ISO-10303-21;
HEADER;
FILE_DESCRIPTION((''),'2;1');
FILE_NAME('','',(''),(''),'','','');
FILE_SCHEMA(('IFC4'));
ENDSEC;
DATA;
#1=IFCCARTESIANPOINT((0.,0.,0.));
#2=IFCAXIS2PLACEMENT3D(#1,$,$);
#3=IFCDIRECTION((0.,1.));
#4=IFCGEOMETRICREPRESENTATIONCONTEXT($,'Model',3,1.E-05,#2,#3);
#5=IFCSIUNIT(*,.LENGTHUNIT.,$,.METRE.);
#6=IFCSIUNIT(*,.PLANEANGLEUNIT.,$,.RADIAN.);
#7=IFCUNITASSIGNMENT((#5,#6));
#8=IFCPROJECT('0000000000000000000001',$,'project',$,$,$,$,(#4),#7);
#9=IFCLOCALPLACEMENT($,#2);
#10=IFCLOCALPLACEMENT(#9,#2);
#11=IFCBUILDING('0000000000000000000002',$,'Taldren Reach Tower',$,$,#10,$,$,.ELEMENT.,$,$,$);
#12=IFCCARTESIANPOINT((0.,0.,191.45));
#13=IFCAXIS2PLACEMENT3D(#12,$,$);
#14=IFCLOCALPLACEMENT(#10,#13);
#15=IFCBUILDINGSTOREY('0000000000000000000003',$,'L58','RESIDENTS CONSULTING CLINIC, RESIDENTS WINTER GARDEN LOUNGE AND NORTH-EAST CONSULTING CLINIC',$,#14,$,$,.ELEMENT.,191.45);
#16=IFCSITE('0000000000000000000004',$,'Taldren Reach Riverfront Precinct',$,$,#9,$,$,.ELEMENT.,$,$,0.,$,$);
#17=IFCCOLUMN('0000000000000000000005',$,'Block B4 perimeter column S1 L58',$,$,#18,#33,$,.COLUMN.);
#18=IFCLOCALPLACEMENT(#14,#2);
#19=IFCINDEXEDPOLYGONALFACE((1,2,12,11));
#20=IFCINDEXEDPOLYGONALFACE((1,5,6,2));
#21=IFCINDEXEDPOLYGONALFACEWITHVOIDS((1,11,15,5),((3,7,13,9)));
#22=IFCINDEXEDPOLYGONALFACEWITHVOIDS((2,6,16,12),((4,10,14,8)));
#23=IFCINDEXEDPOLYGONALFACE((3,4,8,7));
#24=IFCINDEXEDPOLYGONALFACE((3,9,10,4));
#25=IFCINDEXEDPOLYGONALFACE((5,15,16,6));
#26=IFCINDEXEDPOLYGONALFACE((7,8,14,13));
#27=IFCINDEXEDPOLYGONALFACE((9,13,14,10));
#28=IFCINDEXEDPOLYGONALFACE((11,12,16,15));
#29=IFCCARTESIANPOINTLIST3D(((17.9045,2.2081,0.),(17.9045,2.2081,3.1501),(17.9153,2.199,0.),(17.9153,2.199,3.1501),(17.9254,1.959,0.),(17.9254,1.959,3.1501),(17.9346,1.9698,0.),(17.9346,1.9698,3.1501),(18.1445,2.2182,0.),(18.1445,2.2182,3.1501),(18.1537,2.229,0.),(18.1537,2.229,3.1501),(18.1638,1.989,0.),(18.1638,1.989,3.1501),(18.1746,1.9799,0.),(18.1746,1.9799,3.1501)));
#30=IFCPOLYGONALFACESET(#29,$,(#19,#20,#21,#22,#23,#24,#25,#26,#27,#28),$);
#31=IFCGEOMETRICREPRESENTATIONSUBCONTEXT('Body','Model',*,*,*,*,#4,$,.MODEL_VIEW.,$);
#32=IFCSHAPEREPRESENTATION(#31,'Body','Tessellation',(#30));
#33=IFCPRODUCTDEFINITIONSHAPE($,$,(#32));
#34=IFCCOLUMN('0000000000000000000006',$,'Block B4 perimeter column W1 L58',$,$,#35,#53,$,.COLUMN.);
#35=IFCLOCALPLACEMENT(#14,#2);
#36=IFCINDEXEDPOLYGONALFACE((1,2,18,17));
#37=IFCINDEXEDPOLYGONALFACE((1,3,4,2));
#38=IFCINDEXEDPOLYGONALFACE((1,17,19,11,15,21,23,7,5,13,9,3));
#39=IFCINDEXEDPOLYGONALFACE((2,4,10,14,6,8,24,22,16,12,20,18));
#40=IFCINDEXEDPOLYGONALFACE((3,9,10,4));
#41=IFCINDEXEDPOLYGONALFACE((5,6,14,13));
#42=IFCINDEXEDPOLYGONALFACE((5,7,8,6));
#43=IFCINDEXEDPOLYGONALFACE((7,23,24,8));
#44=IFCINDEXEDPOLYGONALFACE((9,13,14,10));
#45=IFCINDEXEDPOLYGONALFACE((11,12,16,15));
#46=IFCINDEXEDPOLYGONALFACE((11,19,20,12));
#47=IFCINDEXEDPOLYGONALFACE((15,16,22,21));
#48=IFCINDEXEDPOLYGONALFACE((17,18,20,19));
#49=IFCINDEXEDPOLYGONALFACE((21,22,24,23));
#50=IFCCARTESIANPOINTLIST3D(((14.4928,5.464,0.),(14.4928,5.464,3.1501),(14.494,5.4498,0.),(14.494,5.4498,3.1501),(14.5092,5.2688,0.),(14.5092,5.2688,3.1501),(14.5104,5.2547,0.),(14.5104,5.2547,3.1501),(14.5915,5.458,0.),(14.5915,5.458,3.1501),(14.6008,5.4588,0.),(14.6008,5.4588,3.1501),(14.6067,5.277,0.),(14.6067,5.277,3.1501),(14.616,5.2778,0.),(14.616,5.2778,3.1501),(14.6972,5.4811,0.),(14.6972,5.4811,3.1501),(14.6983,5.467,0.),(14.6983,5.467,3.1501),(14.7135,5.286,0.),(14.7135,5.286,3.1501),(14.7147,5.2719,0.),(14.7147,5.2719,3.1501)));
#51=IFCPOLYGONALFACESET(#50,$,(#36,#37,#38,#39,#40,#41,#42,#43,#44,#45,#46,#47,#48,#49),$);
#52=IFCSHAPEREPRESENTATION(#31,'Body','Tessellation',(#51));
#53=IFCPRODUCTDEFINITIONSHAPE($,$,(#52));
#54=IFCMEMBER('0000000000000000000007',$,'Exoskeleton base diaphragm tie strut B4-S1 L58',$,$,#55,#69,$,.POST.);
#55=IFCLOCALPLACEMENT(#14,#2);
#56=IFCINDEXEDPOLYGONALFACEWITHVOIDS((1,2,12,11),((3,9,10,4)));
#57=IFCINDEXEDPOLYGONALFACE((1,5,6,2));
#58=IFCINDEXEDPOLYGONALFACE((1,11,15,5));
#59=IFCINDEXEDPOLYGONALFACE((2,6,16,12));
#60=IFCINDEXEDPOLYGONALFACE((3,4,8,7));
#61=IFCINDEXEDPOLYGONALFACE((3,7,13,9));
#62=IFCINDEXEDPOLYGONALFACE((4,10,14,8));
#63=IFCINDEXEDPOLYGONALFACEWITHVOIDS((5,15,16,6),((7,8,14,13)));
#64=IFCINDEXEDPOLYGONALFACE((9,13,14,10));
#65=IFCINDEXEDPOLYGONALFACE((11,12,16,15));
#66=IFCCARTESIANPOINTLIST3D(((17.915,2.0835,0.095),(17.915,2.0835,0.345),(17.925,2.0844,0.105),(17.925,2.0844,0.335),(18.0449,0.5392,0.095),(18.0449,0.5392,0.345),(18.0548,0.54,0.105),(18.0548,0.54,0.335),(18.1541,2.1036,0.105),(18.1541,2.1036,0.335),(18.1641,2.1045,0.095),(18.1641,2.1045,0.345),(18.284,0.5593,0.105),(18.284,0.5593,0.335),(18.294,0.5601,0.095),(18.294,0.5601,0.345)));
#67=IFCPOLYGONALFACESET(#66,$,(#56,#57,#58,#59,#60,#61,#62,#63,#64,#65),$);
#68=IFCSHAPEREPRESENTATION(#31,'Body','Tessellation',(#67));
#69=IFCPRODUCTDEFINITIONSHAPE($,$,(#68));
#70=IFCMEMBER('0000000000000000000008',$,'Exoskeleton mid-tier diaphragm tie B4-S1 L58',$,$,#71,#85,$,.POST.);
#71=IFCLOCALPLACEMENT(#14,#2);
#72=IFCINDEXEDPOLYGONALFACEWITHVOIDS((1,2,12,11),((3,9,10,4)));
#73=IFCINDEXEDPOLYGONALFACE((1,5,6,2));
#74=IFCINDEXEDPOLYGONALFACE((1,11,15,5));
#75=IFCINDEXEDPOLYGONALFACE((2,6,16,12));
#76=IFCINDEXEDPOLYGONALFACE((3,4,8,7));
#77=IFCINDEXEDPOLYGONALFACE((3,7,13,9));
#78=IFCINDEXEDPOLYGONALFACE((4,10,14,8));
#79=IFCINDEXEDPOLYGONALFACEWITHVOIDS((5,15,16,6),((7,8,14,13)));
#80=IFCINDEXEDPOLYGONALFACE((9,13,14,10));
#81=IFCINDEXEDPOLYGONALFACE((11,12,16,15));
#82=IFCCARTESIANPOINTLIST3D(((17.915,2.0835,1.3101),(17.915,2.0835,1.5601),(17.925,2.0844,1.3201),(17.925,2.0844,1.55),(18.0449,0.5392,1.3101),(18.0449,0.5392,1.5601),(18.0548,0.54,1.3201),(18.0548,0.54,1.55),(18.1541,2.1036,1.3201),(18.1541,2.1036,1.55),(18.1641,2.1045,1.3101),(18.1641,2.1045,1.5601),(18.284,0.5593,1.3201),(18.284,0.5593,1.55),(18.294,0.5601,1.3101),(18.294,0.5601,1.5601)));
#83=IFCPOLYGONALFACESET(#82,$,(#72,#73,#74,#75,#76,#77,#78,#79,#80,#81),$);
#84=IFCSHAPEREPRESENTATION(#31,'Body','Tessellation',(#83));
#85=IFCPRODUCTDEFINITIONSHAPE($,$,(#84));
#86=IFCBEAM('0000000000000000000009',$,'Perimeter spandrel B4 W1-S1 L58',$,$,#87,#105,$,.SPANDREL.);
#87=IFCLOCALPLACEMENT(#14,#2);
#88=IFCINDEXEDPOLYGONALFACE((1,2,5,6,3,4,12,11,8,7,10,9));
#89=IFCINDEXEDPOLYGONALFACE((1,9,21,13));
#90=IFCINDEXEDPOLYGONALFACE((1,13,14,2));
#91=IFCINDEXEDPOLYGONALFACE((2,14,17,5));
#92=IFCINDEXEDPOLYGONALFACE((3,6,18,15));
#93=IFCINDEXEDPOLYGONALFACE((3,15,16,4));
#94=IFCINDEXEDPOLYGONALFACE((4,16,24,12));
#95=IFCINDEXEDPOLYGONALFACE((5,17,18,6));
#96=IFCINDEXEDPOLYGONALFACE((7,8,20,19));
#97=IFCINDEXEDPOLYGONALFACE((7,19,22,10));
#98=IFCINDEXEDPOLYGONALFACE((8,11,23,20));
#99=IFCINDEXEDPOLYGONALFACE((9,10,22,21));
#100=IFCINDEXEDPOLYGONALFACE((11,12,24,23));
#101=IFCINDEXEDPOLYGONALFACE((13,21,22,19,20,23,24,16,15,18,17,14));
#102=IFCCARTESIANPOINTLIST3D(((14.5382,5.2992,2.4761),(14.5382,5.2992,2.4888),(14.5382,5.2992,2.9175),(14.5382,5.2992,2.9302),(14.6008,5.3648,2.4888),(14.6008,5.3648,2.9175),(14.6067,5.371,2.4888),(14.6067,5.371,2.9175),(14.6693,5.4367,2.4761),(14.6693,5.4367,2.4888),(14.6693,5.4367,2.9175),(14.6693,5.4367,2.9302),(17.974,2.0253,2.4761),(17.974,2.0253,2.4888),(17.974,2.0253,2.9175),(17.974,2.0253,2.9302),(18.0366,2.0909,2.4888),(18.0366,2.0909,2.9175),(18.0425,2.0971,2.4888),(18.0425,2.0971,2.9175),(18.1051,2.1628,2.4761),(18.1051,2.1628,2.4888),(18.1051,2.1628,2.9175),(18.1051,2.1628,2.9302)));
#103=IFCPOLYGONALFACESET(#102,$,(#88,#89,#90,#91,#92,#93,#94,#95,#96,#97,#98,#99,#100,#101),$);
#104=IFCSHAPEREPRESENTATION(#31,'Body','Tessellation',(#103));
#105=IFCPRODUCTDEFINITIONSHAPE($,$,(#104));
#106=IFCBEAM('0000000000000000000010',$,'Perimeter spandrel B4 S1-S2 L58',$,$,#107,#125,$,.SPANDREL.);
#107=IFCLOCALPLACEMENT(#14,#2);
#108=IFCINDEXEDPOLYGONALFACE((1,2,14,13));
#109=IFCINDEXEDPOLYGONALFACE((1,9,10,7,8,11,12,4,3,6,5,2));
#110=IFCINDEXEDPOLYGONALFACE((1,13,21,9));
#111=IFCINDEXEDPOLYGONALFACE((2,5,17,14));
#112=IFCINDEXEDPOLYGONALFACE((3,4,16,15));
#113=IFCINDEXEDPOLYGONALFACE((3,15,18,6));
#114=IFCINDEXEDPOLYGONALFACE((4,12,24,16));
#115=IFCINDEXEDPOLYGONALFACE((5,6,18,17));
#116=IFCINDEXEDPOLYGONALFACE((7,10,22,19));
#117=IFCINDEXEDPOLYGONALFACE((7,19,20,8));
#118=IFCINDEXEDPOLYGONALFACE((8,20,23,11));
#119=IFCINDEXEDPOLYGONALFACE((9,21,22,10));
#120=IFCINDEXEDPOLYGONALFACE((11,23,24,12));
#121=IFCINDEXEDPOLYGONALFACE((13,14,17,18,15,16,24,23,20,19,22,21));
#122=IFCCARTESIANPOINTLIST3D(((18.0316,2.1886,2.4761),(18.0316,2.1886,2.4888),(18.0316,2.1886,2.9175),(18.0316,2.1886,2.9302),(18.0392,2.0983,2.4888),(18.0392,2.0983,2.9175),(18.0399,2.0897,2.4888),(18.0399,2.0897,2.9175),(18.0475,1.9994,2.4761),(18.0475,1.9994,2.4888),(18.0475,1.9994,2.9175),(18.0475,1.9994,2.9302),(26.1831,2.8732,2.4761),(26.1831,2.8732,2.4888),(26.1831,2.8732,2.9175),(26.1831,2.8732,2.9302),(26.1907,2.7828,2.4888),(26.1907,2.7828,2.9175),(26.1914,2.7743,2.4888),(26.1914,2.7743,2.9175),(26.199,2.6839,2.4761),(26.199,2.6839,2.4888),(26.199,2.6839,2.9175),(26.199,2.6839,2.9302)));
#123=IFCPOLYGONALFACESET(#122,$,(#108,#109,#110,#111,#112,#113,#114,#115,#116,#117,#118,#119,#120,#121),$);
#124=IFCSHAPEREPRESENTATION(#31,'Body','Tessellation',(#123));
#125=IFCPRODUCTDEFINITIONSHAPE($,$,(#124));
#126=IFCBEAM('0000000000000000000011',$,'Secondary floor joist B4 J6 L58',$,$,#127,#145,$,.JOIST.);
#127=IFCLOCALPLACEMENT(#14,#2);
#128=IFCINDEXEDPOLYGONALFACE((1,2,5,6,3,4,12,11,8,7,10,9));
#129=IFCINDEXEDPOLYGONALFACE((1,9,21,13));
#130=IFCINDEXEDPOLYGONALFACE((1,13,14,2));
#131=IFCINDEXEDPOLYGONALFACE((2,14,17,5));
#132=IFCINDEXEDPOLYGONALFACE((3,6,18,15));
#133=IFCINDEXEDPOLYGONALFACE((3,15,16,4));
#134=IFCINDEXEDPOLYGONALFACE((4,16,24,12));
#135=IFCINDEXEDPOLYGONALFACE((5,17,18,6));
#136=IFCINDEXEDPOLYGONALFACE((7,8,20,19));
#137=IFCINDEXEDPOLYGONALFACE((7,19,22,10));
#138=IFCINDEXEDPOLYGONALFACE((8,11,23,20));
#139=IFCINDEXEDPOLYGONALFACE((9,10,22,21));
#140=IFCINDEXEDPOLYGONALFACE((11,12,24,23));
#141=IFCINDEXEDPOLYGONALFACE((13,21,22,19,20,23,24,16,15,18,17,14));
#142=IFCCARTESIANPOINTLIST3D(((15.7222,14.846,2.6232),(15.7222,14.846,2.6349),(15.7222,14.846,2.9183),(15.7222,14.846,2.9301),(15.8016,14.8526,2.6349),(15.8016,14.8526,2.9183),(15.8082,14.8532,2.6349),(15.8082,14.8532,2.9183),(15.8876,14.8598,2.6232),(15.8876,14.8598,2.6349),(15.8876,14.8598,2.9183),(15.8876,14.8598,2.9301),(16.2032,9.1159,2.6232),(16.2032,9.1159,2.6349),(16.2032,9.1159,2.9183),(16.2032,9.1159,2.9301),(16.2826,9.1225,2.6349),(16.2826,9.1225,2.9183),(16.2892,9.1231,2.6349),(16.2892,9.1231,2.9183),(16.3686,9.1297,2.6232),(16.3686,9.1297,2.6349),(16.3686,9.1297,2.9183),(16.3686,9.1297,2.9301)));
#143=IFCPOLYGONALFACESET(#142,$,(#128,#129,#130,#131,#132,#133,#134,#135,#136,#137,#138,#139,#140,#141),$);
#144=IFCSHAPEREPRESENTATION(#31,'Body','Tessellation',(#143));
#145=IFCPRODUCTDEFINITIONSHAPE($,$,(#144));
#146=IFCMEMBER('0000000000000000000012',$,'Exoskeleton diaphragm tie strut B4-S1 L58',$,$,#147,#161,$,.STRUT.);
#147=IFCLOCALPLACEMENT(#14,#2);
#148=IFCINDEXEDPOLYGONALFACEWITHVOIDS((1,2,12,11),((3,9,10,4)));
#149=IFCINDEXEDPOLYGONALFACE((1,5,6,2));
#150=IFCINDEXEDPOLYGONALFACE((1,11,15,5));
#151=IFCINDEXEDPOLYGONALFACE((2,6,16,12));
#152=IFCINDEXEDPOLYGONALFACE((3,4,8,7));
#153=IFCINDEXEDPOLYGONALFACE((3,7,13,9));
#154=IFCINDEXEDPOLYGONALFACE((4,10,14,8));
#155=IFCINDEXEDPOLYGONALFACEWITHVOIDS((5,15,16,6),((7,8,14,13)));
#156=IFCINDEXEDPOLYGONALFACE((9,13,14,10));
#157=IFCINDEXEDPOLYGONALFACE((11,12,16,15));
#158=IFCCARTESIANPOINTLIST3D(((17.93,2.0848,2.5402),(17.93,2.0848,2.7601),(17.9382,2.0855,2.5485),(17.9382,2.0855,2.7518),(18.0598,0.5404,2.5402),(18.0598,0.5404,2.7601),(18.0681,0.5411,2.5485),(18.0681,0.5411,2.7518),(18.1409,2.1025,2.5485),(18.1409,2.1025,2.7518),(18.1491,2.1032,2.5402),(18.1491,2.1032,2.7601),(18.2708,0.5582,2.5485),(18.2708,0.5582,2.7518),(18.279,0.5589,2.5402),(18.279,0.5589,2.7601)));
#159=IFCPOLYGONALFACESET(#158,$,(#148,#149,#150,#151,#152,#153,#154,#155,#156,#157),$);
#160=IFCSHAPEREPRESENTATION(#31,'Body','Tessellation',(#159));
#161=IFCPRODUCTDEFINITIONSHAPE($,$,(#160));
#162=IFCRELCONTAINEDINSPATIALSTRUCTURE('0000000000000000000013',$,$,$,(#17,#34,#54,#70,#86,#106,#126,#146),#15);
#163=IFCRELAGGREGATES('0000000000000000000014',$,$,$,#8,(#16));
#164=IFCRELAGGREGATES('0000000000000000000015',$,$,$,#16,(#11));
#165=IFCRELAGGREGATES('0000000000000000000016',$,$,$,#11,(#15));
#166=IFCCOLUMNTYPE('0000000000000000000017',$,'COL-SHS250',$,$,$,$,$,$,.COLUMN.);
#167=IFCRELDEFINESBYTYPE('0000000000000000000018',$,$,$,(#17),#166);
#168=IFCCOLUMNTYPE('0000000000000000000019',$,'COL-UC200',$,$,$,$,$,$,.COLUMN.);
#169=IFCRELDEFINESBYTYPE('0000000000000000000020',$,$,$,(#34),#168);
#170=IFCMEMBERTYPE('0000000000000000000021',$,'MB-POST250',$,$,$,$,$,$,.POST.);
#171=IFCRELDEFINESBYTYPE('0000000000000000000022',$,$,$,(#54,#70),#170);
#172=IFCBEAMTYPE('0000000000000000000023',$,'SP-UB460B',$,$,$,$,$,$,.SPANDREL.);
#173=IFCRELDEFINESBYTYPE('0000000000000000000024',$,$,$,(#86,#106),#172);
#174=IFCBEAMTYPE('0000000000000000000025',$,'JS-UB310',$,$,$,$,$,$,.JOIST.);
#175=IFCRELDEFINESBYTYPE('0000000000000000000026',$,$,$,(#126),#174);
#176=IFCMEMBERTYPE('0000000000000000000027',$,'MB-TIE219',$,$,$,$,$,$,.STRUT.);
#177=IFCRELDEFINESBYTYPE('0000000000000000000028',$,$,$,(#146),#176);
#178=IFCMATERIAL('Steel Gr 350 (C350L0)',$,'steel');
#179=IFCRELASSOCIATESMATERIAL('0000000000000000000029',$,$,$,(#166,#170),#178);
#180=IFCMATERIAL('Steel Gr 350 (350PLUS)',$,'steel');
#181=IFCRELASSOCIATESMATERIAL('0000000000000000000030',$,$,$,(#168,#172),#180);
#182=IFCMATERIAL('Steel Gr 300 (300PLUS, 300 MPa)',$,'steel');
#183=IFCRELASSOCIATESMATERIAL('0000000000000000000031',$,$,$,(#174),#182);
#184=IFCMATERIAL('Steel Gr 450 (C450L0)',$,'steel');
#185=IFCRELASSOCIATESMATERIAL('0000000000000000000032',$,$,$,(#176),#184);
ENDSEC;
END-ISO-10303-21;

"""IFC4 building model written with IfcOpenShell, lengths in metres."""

from ifc_helpers import new_model, si_unit, direction, frame, origin, origin_2d, place, context, subcontext, project, spatial, hollow_rectangle, i_section, extrude, source, transform, mapped, material, material_profile, profile_set, type_object, element, save


model = new_model("IFC4")

# Units and contexts
model_context = context("Model", 3, precision=1e-05, world=origin(), true_north=direction((0.0, 1.0)))
body_context = subcontext(model_context, "Body", "Model", "MODEL_VIEW")
ifc_project = project(units=[si_unit("LENGTHUNIT", "METRE"), si_unit("PLANEANGLEUNIT", "RADIAN")], contexts=[model_context])

# Site, building, storey
site_placement = place(None, origin())
site = spatial("IfcSite", under=ifc_project, at=site_placement, Name="Taldren Reach Riverfront Precinct", CompositionType="ELEMENT", RefElevation=0.0)
building_placement = place(site_placement, origin())
building = spatial("IfcBuilding", under=site, at=building_placement, Name="Taldren Reach Tower", CompositionType="ELEMENT")
storey_placement = place(building_placement, frame((0.0, 0.0, 191.45)))
storey = spatial("IfcBuildingStorey", under=building, at=storey_placement, Name="L58", Description="RESIDENTS CONSULTING CLINIC, RESIDENTS WINTER GARDEN LOUNGE AND NORTH-EAST CONSULTING CLINIC", CompositionType="ELEMENT", Elevation=191.45)

# Columns
ifc_material_1 = material(Name="Steel Gr 350 (C350L0)", Category="steel")
ifc_material_profile_1 = material_profile(ifc_material_1, hollow_rectangle(XDim=0.25, YDim=0.25, WallThickness=0.01, at=origin_2d()), Name="250x250x10.0SHS")
ifc_profile_set_1 = profile_set([ifc_material_profile_1], Name="Steel Gr 350 (C350L0)")
column_type_1 = type_object("IfcColumnType", Name="COL-SHS250", PredefinedType="COLUMN", material=ifc_profile_set_1)
shared_shape_1 = source(origin(), body_context, "Body", "SweptSolid", [
    extrude(hollow_rectangle(XDim=0.25, YDim=0.25, WallThickness=0.01, at=origin_2d()), origin(), (0.0, 0.0, 1.0), 3.1501),
])
column_1_placement = place(storey_placement, frame((18.0396, 2.094, 0.0), z_axis=(0.0, 0.0, 1.0), x_axis=(0.996493, 0.083678, 0.0)))
element("IfcColumn", 1, at=column_1_placement, inside=storey, type_object=column_type_1, Name="Block B4 perimeter column S1 L58", PredefinedType="COLUMN", context=body_context, shape_type="MappedRepresentation", body=[
    mapped(shared_shape_1, transform((0.0, 0.0, 0.0), scale=1.0)),
])
ifc_material_2 = material(Name="Steel Gr 350 (350PLUS)", Category="steel")
ifc_material_profile_2 = material_profile(ifc_material_2, i_section(OverallWidth=0.2051, OverallDepth=0.21, WebThickness=0.0093, FlangeThickness=0.0142, at=origin_2d()), Name="200UC59.5")
ifc_profile_set_2 = profile_set([ifc_material_profile_2], Name="Steel Gr 350 (350PLUS)")
column_type_2 = type_object("IfcColumnType", Name="COL-UC200", PredefinedType="COLUMN", material=ifc_profile_set_2)
shared_shape_2 = source(origin(), body_context, "Body", "SweptSolid", [
    extrude(i_section(OverallWidth=0.2051, OverallDepth=0.21, WebThickness=0.0093, FlangeThickness=0.0142, at=origin_2d()), origin(), (0.0, 0.0, 1.0), 3.1501),
])
column_2_placement = place(storey_placement, frame((14.6038, 5.3679, 0.0), z_axis=(0.0, 0.0, 1.0), x_axis=(0.996493, 0.083678, 0.0)))
element("IfcColumn", 2, at=column_2_placement, inside=storey, type_object=column_type_2, Name="Block B4 perimeter column W1 L58", PredefinedType="COLUMN", context=body_context, shape_type="MappedRepresentation", body=[
    mapped(shared_shape_2, transform((0.0, 0.0, 0.0), scale=1.0)),
])

# Members
ifc_material_profile_3 = material_profile(ifc_material_1, hollow_rectangle(XDim=0.25, YDim=0.25, WallThickness=0.01, at=origin_2d()), Name="250x250x10.0SHS")
ifc_profile_set_3 = profile_set([ifc_material_profile_3], Name="Steel Gr 350 (C350L0)")
member_type_1 = type_object("IfcMemberType", Name="MB-POST250", PredefinedType="POST", material=ifc_profile_set_3)
shared_shape_3 = source(origin(), body_context, "Body", "SweptSolid", [
    extrude(hollow_rectangle(XDim=0.25, YDim=0.25, WallThickness=0.01, at=origin_2d()), origin(), (0.0, 0.0, 1.0), 1.5498),
])
for number, where, z_axis, x_axis, name in (
    (3, (18.0396, 2.094, 0.22), (0.083802, -0.996482, 0.0), (0.996482, 0.083802, 0.0), "Exoskeleton base diaphragm tie strut B4-S1 L58"),
    (4, (18.0396, 2.094, 1.4351), (0.083802, -0.996482, 0.0), (0.996482, 0.083802, 0.0), "Exoskeleton mid-tier diaphragm tie B4-S1 L58"),
):
    element("IfcMember", number, at=place(storey_placement, frame(where, z_axis=z_axis, x_axis=x_axis)), inside=storey, type_object=member_type_1, Name=name, PredefinedType="POST", context=body_context, shape_type="MappedRepresentation", body=[
        mapped(shared_shape_3, transform((0.0, 0.0, 0.0), scale=1.0)),
    ])

# Beams
ifc_material_profile_4 = material_profile(ifc_material_2, i_section(OverallWidth=0.1899, OverallDepth=0.4541, WebThickness=0.0085, FlangeThickness=0.0127, at=origin_2d()), Name="460UB67.1")
ifc_profile_set_4 = profile_set([ifc_material_profile_4], Name="Steel Gr 350 (350PLUS)")
beam_type_1 = type_object("IfcBeamType", Name="SP-UB460B", PredefinedType="SPANDREL", material=ifc_profile_set_4)
shared_shape_4 = source(origin(), body_context, "Body", "SweptSolid", [
    extrude(i_section(OverallWidth=0.1899, OverallDepth=0.4541, WebThickness=0.0085, FlangeThickness=0.0127, at=origin_2d()), origin(), (0.0, 0.0, 1.0), 4.7458),
])
beam_1_placement = place(storey_placement, frame((14.6038, 5.3679, 2.7031), z_axis=(0.723954, -0.689848, 0.0), x_axis=(0.689848, 0.723954, 0.0)))
element("IfcBeam", 5, at=beam_1_placement, inside=storey, type_object=beam_type_1, Name="Perimeter spandrel B4 W1-S1 L58", PredefinedType="SPANDREL", context=body_context, shape_type="MappedRepresentation", body=[
    mapped(shared_shape_4, transform((0.0, 0.0, 0.0), scale=1.0)),
])
shared_shape_5 = source(origin(), body_context, "Body", "SweptSolid", [
    extrude(i_section(OverallWidth=0.1899, OverallDepth=0.4541, WebThickness=0.0085, FlangeThickness=0.0127, at=origin_2d()), origin(), (0.0, 0.0, 1.0), 8.1802),
])
beam_2_placement = place(storey_placement, frame((18.0396, 2.094, 2.7031), z_axis=(0.996492, 0.083688, 0.0), x_axis=(-0.083688, 0.996492, 0.0)))
element("IfcBeam", 6, at=beam_2_placement, inside=storey, type_object=beam_type_1, Name="Perimeter spandrel B4 S1-S2 L58", PredefinedType="SPANDREL", context=body_context, shape_type="MappedRepresentation", body=[
    mapped(shared_shape_5, transform((0.0, 0.0, 0.0), scale=1.0)),
])
ifc_material_3 = material(Name="Steel Gr 300 (300PLUS, 300 MPa)", Category="steel")
ifc_material_profile_5 = material_profile(ifc_material_3, i_section(OverallWidth=0.166, OverallDepth=0.3069, WebThickness=0.0066, FlangeThickness=0.0117, at=origin_2d()), Name="310UB46.2")
ifc_profile_set_5 = profile_set([ifc_material_profile_5], Name="Steel Gr 300 (300PLUS, 300 MPa)")
beam_type_2 = type_object("IfcBeamType", Name="JS-UB310", PredefinedType="JOIST", material=ifc_profile_set_5)
shared_shape_6 = source(origin(), body_context, "Body", "SweptSolid", [
    extrude(i_section(OverallWidth=0.166, OverallDepth=0.3069, WebThickness=0.0066, FlangeThickness=0.0117, at=origin_2d()), origin(), (0.0, 0.0, 1.0), 5.7502),
])
beam_3_placement = place(storey_placement, frame((16.2859, 9.1228, 2.7766), z_axis=(-0.083643, 0.996496, 0.0), x_axis=(-0.996496, -0.083643, 0.0)))
element("IfcBeam", 7, at=beam_3_placement, inside=storey, type_object=beam_type_2, Name="Secondary floor joist B4 J6 L58", PredefinedType="JOIST", context=body_context, shape_type="MappedRepresentation", body=[
    mapped(shared_shape_6, transform((0.0, 0.0, 0.0), scale=1.0)),
])

# Member
ifc_material_4 = material(Name="Steel Gr 450 (C450L0)", Category="steel")
ifc_material_profile_6 = material_profile(ifc_material_4, hollow_rectangle(XDim=0.22, YDim=0.22, WallThickness=0.0083, at=origin_2d()), Name="220x220x8.2SHS")
ifc_profile_set_6 = profile_set([ifc_material_profile_6], Name="Steel Gr 450 (C450L0)")
member_type_2 = type_object("IfcMemberType", Name="MB-TIE219", PredefinedType="STRUT", material=ifc_profile_set_6)
shared_shape_7 = source(origin(), body_context, "Body", "SweptSolid", [
    extrude(hollow_rectangle(XDim=0.22, YDim=0.22, WallThickness=0.0083, at=origin_2d()), origin(), (0.0, 0.0, 1.0), 1.5498),
])
member_1_placement = place(storey_placement, frame((18.0396, 2.094, 2.6501), z_axis=(0.083802, -0.996482, 0.0), x_axis=(0.996482, 0.083802, 0.0)))
element("IfcMember", 8, at=member_1_placement, inside=storey, type_object=member_type_2, Name="Exoskeleton diaphragm tie strut B4-S1 L58", PredefinedType="STRUT", context=body_context, shape_type="MappedRepresentation", body=[
    mapped(shared_shape_7, transform((0.0, 0.0, 0.0), scale=1.0)),
])

save(model, "model.ifc")
